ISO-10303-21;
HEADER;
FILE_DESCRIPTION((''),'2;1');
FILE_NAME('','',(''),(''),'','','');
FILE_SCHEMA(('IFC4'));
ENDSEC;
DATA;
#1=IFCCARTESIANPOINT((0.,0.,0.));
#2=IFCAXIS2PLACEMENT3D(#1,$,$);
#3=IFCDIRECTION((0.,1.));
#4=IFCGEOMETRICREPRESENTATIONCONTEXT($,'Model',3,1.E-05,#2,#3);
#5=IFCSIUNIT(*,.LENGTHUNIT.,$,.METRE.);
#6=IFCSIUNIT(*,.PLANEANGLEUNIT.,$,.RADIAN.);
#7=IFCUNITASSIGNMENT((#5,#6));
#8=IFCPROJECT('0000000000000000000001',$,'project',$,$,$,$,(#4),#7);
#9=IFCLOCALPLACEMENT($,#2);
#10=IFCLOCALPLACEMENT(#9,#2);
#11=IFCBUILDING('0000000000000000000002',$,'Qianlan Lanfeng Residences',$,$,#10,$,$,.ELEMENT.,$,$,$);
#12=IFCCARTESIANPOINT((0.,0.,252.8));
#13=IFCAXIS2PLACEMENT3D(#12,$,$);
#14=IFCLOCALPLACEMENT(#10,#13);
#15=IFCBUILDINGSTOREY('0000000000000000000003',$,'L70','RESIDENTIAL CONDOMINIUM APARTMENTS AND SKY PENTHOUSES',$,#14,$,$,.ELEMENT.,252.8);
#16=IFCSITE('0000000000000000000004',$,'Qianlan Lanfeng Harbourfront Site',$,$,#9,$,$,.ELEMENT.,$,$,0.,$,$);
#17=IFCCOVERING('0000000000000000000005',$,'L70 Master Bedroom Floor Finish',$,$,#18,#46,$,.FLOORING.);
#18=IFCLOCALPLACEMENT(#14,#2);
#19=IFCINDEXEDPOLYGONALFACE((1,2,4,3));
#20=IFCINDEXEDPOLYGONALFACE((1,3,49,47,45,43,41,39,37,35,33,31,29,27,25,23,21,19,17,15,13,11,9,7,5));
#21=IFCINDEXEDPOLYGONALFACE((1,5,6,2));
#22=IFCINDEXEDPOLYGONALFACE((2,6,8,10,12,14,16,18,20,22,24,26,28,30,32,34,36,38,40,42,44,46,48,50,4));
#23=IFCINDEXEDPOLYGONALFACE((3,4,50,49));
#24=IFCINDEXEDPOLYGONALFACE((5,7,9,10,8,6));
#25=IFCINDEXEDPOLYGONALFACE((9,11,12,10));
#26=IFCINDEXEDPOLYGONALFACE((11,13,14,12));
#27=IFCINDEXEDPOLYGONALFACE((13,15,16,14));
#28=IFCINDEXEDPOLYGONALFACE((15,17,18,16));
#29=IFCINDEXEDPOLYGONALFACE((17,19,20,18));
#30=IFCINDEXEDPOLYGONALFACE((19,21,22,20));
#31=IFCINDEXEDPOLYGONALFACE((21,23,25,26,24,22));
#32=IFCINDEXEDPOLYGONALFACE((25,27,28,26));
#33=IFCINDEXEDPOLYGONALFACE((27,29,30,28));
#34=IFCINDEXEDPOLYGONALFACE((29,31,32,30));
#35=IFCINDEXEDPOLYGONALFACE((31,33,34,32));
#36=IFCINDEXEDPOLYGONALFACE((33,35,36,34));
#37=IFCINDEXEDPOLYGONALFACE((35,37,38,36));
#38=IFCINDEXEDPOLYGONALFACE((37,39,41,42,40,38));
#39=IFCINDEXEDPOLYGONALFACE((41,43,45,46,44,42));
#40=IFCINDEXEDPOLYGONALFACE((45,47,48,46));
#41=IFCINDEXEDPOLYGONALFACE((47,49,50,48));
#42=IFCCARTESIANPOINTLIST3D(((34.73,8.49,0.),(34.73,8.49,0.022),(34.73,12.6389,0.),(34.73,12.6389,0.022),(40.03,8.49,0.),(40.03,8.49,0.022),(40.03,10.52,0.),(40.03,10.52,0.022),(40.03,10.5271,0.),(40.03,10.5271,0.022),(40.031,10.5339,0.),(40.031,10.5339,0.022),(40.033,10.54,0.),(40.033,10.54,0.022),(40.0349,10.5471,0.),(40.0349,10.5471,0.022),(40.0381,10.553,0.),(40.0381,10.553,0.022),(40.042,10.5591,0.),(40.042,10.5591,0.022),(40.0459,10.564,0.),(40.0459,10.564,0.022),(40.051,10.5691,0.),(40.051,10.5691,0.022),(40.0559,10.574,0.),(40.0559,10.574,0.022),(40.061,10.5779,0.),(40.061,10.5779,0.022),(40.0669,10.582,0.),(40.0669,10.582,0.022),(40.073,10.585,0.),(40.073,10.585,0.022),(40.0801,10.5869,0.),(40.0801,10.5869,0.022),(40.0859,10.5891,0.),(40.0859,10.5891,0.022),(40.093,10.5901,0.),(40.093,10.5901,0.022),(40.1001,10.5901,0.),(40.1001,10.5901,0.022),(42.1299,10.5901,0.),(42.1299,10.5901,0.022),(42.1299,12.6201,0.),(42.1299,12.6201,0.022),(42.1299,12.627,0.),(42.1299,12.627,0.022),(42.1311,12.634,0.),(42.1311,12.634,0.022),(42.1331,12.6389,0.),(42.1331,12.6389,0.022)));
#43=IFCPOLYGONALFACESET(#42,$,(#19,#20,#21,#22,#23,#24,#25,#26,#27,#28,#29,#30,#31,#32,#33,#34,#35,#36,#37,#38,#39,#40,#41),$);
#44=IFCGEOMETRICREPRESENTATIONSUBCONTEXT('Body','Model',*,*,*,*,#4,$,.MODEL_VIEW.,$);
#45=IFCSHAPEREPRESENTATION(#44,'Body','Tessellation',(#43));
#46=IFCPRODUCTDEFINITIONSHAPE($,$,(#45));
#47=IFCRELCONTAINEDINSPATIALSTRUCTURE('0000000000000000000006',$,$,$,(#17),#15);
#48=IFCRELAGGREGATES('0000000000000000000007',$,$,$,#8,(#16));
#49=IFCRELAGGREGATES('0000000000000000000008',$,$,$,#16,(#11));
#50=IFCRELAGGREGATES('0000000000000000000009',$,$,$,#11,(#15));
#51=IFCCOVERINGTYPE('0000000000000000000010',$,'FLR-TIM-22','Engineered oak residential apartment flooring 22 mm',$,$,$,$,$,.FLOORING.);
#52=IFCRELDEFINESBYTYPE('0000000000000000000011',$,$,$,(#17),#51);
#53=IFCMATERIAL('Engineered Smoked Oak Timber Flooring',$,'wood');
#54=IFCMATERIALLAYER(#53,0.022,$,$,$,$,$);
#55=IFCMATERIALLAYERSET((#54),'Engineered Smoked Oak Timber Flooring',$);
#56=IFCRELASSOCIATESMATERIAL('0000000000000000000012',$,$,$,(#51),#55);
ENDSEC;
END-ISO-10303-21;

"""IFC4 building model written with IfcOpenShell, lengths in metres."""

from ifc_helpers import new_model, si_unit, direction, frame, origin, place, context, subcontext, project, spatial, polyline, outline, extrude, material, layer, layer_set, type_object, element, save


model = new_model("IFC4")

# Units and contexts
model_context = context("Model", 3, precision=1e-05, world=origin(), true_north=direction((0.0, 1.0)))
body_context = subcontext(model_context, "Body", "Model", "MODEL_VIEW")
ifc_project = project(units=[si_unit("LENGTHUNIT", "METRE"), si_unit("PLANEANGLEUNIT", "RADIAN")], contexts=[model_context])

# Site, building, storey
site_placement = place(None, origin())
site = spatial("IfcSite", under=ifc_project, at=site_placement, Name="Qianlan Lanfeng Harbourfront Site", CompositionType="ELEMENT", RefElevation=0.0)
building_placement = place(site_placement, origin())
building = spatial("IfcBuilding", under=site, at=building_placement, Name="Qianlan Lanfeng Residences", CompositionType="ELEMENT")
storey_placement = place(building_placement, frame((0.0, 0.0, 252.8)))
storey = spatial("IfcBuildingStorey", under=building, at=storey_placement, Name="L70", Description="RESIDENTIAL CONDOMINIUM APARTMENTS AND SKY PENTHOUSES", CompositionType="ELEMENT", Elevation=252.8)

# Covering
ifc_material_1 = material(Name="Engineered Smoked Oak Timber Flooring", Category="wood")
ifc_layer_1 = layer(ifc_material_1, 0.022)
ifc_layer_set_1 = layer_set([ifc_layer_1], Name="Engineered Smoked Oak Timber Flooring")
covering_type_1 = type_object("IfcCoveringType", Name="FLR-TIM-22", Description="Engineered oak residential apartment flooring 22 mm", PredefinedType="FLOORING", material=ifc_layer_set_1)
covering_1_placement = place(storey_placement, origin())
element("IfcCovering", 1, at=covering_1_placement, inside=storey, type_object=covering_type_1, Name="L70 Master Bedroom Floor Finish", PredefinedType="FLOORING", context=body_context, shape_type="SweptSolid", body=[
    extrude(outline(polyline([(34.73, 12.6389), (34.73, 8.49), (40.03, 8.49), (40.03, 10.52), (40.03, 10.5271), (40.031, 10.5339), (40.033, 10.54), (40.0349, 10.5471), (40.0381, 10.553), (40.042, 10.5591), (40.0459, 10.564), (40.051, 10.5691), (40.0559, 10.574), (40.061, 10.5779), (40.0669, 10.582), (40.073, 10.585), (40.0801, 10.5869), (40.0859, 10.5891), (40.093, 10.5901), (40.1001, 10.5901), (42.1299, 10.5901), (42.1299, 12.6201), (42.1299, 12.627), (42.1311, 12.634), (42.1331, 12.6389), (34.73, 12.6389)])), origin(), (0.0, 0.0, 1.0), 0.022),
])

save(model, "model.ifc")
